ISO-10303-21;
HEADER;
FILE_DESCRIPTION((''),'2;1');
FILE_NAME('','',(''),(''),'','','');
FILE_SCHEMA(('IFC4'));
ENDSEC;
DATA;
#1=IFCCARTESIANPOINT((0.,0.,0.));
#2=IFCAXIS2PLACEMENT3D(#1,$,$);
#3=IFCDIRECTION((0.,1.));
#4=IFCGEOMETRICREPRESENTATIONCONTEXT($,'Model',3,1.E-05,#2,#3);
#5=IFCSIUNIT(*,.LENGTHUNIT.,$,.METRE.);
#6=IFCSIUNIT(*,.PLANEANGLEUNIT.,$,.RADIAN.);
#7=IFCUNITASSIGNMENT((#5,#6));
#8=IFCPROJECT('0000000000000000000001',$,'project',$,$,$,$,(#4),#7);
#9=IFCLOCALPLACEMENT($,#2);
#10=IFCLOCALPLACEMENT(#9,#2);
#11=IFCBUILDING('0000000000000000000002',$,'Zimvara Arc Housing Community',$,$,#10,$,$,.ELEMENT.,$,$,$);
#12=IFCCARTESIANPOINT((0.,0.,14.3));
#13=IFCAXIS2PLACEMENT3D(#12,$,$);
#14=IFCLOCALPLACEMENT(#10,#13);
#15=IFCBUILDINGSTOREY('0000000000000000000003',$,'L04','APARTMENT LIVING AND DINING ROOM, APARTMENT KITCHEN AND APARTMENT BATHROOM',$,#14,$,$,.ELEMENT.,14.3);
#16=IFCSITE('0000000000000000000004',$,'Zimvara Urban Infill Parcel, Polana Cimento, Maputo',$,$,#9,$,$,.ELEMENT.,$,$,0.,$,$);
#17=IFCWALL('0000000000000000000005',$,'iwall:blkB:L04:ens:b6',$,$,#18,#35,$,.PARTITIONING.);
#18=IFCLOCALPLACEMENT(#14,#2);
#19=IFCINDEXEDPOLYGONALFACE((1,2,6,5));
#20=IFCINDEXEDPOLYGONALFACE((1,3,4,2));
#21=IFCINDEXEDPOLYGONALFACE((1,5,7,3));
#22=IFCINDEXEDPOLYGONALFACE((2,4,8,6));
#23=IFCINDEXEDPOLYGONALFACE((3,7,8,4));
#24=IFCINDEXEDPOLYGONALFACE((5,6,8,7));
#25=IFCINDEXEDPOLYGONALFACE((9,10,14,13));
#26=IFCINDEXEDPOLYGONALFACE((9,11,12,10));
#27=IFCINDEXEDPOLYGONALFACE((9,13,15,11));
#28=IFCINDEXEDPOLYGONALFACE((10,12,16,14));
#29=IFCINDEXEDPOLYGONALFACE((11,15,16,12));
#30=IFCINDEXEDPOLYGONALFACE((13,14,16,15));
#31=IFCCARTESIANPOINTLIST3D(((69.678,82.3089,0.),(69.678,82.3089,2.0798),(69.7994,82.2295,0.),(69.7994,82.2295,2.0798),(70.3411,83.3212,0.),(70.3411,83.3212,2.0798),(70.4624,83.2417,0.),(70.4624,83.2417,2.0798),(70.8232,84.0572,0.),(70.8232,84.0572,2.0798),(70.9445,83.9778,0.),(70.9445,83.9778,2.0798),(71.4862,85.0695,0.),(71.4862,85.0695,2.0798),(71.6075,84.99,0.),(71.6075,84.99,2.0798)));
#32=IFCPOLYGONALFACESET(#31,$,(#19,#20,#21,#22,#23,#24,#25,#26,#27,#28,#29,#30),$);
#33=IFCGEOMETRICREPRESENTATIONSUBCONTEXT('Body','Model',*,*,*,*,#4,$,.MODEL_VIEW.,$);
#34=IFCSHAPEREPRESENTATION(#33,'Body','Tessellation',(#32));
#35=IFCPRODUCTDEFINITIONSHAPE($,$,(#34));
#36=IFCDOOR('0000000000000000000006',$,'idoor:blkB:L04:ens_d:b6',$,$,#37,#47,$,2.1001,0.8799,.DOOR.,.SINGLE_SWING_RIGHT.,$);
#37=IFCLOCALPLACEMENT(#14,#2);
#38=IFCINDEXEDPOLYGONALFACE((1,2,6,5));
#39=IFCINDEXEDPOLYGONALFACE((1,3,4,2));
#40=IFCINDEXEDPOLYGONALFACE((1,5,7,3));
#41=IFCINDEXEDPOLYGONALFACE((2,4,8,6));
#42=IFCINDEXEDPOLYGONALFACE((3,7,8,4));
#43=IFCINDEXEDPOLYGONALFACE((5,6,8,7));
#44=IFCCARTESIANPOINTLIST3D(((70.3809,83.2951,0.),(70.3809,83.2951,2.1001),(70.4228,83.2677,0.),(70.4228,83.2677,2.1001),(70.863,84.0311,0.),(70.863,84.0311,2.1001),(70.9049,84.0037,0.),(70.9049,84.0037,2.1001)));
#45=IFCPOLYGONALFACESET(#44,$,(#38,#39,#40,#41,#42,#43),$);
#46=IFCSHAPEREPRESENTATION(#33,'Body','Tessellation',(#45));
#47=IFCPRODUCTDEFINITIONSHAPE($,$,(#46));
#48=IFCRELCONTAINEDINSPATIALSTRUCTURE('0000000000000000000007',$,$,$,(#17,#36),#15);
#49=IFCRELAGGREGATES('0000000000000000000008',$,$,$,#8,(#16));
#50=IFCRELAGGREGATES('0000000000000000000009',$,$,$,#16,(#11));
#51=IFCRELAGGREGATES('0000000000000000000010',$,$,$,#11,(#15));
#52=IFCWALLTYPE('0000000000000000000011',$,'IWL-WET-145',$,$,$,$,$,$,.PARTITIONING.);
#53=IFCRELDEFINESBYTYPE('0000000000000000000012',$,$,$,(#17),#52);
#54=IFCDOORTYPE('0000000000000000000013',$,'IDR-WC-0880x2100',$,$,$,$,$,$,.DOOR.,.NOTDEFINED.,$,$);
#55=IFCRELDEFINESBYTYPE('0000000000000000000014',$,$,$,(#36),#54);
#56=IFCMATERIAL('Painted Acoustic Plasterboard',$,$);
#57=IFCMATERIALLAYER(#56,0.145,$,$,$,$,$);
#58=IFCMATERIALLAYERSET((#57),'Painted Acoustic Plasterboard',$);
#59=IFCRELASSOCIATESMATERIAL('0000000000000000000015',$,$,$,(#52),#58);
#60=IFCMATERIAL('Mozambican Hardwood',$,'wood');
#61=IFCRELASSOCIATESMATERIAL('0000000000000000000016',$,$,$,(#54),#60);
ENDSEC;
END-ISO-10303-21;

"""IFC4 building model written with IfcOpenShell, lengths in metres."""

from ifc_helpers import new_model, si_unit, direction, frame, frame_2d, origin, place, context, subcontext, project, spatial, rectangle, extrude, material, layer, layer_set, type_object, element, fill, save


model = new_model("IFC4")

# Units and contexts
model_context = context("Model", 3, precision=1e-05, world=origin(), true_north=direction((0.0, 1.0)))
body_context = subcontext(model_context, "Body", "Model", "MODEL_VIEW")
ifc_project = project(units=[si_unit("LENGTHUNIT", "METRE"), si_unit("PLANEANGLEUNIT", "RADIAN")], contexts=[model_context])

# Site, building, storey
site_placement = place(None, origin())
site = spatial("IfcSite", under=ifc_project, at=site_placement, Name="Zimvara Urban Infill Parcel, Polana Cimento, Maputo", CompositionType="ELEMENT", RefElevation=0.0)
building_placement = place(site_placement, origin())
building = spatial("IfcBuilding", under=site, at=building_placement, Name="Zimvara Arc Housing Community", CompositionType="ELEMENT")
storey_placement = place(building_placement, frame((0.0, 0.0, 14.3)))
storey = spatial("IfcBuildingStorey", under=building, at=storey_placement, Name="L04", Description="APARTMENT LIVING AND DINING ROOM, APARTMENT KITCHEN AND APARTMENT BATHROOM", CompositionType="ELEMENT", Elevation=14.3)

# Wall, opening, door
ifc_material_1 = material(Name="Painted Acoustic Plasterboard")
ifc_layer_1 = layer(ifc_material_1, 0.145)
ifc_layer_set_1 = layer_set([ifc_layer_1], Name="Painted Acoustic Plasterboard")
wall_type = type_object("IfcWallType", Name="IWL-WET-145", PredefinedType="PARTITIONING", material=ifc_layer_set_1)
wall_placement = place(storey_placement, frame((69.7388, 82.2693, 0.0), z_axis=(0.0, 0.0, 1.0), x_axis=(0.547921, 0.83653, 0.0)))
wall = element("IfcWall", 1, at=wall_placement, inside=storey, type_object=wall_type, Name="iwall:blkB:L04:ens:b6", PredefinedType="PARTITIONING", context=body_context, shape_type="SweptSolid", body=[
    extrude(rectangle(XDim=3.3, YDim=0.145, at=frame_2d((1.6499, 0.0))), origin(), (0.0, 0.0, 1.0), 2.0798),
])
opening_placement = place(wall_placement, frame((1.21, 0.0, 0.0)))
opening = element("IfcOpeningElement", 2, at=opening_placement, cuts=wall, PredefinedType="OPENING", context=body_context, shape_type="SweptSolid", body=[
    extrude(rectangle(XDim=0.8799, YDim=2.1001, at=frame_2d((0.4399, 1.05))), frame((0.0, 0.0825, 0.0), z_axis=(0.0, -1.0, 0.0), x_axis=(1.0, 0.0, 0.0)), (0.0, 0.0, 1.0), 0.165),
])
ifc_material_2 = material(Name="Mozambican Hardwood", Category="wood")
door_type = type_object("IfcDoorType", Name="IDR-WC-0880x2100", OperationType="NOTDEFINED", PredefinedType="DOOR", material=ifc_material_2)
door_placement = place(opening_placement, origin())
door = element("IfcDoor", 3, at=door_placement, inside=storey, type_object=door_type, Name="idoor:blkB:L04:ens_d:b6", OperationType="SINGLE_SWING_RIGHT", OverallHeight=2.1001, OverallWidth=0.8799, PredefinedType="DOOR", context=body_context, shape_type="SweptSolid", body=[
    extrude(rectangle(XDim=0.8799, YDim=2.1001, at=frame_2d((0.4399, 1.05))), frame((0.0, 0.0249, 0.0), z_axis=(0.0, -1.0, 0.0), x_axis=(1.0, 0.0, 0.0)), (0.0, 0.0, 1.0), 0.05),
])
fill(opening, door)

save(model, "model.ifc")
